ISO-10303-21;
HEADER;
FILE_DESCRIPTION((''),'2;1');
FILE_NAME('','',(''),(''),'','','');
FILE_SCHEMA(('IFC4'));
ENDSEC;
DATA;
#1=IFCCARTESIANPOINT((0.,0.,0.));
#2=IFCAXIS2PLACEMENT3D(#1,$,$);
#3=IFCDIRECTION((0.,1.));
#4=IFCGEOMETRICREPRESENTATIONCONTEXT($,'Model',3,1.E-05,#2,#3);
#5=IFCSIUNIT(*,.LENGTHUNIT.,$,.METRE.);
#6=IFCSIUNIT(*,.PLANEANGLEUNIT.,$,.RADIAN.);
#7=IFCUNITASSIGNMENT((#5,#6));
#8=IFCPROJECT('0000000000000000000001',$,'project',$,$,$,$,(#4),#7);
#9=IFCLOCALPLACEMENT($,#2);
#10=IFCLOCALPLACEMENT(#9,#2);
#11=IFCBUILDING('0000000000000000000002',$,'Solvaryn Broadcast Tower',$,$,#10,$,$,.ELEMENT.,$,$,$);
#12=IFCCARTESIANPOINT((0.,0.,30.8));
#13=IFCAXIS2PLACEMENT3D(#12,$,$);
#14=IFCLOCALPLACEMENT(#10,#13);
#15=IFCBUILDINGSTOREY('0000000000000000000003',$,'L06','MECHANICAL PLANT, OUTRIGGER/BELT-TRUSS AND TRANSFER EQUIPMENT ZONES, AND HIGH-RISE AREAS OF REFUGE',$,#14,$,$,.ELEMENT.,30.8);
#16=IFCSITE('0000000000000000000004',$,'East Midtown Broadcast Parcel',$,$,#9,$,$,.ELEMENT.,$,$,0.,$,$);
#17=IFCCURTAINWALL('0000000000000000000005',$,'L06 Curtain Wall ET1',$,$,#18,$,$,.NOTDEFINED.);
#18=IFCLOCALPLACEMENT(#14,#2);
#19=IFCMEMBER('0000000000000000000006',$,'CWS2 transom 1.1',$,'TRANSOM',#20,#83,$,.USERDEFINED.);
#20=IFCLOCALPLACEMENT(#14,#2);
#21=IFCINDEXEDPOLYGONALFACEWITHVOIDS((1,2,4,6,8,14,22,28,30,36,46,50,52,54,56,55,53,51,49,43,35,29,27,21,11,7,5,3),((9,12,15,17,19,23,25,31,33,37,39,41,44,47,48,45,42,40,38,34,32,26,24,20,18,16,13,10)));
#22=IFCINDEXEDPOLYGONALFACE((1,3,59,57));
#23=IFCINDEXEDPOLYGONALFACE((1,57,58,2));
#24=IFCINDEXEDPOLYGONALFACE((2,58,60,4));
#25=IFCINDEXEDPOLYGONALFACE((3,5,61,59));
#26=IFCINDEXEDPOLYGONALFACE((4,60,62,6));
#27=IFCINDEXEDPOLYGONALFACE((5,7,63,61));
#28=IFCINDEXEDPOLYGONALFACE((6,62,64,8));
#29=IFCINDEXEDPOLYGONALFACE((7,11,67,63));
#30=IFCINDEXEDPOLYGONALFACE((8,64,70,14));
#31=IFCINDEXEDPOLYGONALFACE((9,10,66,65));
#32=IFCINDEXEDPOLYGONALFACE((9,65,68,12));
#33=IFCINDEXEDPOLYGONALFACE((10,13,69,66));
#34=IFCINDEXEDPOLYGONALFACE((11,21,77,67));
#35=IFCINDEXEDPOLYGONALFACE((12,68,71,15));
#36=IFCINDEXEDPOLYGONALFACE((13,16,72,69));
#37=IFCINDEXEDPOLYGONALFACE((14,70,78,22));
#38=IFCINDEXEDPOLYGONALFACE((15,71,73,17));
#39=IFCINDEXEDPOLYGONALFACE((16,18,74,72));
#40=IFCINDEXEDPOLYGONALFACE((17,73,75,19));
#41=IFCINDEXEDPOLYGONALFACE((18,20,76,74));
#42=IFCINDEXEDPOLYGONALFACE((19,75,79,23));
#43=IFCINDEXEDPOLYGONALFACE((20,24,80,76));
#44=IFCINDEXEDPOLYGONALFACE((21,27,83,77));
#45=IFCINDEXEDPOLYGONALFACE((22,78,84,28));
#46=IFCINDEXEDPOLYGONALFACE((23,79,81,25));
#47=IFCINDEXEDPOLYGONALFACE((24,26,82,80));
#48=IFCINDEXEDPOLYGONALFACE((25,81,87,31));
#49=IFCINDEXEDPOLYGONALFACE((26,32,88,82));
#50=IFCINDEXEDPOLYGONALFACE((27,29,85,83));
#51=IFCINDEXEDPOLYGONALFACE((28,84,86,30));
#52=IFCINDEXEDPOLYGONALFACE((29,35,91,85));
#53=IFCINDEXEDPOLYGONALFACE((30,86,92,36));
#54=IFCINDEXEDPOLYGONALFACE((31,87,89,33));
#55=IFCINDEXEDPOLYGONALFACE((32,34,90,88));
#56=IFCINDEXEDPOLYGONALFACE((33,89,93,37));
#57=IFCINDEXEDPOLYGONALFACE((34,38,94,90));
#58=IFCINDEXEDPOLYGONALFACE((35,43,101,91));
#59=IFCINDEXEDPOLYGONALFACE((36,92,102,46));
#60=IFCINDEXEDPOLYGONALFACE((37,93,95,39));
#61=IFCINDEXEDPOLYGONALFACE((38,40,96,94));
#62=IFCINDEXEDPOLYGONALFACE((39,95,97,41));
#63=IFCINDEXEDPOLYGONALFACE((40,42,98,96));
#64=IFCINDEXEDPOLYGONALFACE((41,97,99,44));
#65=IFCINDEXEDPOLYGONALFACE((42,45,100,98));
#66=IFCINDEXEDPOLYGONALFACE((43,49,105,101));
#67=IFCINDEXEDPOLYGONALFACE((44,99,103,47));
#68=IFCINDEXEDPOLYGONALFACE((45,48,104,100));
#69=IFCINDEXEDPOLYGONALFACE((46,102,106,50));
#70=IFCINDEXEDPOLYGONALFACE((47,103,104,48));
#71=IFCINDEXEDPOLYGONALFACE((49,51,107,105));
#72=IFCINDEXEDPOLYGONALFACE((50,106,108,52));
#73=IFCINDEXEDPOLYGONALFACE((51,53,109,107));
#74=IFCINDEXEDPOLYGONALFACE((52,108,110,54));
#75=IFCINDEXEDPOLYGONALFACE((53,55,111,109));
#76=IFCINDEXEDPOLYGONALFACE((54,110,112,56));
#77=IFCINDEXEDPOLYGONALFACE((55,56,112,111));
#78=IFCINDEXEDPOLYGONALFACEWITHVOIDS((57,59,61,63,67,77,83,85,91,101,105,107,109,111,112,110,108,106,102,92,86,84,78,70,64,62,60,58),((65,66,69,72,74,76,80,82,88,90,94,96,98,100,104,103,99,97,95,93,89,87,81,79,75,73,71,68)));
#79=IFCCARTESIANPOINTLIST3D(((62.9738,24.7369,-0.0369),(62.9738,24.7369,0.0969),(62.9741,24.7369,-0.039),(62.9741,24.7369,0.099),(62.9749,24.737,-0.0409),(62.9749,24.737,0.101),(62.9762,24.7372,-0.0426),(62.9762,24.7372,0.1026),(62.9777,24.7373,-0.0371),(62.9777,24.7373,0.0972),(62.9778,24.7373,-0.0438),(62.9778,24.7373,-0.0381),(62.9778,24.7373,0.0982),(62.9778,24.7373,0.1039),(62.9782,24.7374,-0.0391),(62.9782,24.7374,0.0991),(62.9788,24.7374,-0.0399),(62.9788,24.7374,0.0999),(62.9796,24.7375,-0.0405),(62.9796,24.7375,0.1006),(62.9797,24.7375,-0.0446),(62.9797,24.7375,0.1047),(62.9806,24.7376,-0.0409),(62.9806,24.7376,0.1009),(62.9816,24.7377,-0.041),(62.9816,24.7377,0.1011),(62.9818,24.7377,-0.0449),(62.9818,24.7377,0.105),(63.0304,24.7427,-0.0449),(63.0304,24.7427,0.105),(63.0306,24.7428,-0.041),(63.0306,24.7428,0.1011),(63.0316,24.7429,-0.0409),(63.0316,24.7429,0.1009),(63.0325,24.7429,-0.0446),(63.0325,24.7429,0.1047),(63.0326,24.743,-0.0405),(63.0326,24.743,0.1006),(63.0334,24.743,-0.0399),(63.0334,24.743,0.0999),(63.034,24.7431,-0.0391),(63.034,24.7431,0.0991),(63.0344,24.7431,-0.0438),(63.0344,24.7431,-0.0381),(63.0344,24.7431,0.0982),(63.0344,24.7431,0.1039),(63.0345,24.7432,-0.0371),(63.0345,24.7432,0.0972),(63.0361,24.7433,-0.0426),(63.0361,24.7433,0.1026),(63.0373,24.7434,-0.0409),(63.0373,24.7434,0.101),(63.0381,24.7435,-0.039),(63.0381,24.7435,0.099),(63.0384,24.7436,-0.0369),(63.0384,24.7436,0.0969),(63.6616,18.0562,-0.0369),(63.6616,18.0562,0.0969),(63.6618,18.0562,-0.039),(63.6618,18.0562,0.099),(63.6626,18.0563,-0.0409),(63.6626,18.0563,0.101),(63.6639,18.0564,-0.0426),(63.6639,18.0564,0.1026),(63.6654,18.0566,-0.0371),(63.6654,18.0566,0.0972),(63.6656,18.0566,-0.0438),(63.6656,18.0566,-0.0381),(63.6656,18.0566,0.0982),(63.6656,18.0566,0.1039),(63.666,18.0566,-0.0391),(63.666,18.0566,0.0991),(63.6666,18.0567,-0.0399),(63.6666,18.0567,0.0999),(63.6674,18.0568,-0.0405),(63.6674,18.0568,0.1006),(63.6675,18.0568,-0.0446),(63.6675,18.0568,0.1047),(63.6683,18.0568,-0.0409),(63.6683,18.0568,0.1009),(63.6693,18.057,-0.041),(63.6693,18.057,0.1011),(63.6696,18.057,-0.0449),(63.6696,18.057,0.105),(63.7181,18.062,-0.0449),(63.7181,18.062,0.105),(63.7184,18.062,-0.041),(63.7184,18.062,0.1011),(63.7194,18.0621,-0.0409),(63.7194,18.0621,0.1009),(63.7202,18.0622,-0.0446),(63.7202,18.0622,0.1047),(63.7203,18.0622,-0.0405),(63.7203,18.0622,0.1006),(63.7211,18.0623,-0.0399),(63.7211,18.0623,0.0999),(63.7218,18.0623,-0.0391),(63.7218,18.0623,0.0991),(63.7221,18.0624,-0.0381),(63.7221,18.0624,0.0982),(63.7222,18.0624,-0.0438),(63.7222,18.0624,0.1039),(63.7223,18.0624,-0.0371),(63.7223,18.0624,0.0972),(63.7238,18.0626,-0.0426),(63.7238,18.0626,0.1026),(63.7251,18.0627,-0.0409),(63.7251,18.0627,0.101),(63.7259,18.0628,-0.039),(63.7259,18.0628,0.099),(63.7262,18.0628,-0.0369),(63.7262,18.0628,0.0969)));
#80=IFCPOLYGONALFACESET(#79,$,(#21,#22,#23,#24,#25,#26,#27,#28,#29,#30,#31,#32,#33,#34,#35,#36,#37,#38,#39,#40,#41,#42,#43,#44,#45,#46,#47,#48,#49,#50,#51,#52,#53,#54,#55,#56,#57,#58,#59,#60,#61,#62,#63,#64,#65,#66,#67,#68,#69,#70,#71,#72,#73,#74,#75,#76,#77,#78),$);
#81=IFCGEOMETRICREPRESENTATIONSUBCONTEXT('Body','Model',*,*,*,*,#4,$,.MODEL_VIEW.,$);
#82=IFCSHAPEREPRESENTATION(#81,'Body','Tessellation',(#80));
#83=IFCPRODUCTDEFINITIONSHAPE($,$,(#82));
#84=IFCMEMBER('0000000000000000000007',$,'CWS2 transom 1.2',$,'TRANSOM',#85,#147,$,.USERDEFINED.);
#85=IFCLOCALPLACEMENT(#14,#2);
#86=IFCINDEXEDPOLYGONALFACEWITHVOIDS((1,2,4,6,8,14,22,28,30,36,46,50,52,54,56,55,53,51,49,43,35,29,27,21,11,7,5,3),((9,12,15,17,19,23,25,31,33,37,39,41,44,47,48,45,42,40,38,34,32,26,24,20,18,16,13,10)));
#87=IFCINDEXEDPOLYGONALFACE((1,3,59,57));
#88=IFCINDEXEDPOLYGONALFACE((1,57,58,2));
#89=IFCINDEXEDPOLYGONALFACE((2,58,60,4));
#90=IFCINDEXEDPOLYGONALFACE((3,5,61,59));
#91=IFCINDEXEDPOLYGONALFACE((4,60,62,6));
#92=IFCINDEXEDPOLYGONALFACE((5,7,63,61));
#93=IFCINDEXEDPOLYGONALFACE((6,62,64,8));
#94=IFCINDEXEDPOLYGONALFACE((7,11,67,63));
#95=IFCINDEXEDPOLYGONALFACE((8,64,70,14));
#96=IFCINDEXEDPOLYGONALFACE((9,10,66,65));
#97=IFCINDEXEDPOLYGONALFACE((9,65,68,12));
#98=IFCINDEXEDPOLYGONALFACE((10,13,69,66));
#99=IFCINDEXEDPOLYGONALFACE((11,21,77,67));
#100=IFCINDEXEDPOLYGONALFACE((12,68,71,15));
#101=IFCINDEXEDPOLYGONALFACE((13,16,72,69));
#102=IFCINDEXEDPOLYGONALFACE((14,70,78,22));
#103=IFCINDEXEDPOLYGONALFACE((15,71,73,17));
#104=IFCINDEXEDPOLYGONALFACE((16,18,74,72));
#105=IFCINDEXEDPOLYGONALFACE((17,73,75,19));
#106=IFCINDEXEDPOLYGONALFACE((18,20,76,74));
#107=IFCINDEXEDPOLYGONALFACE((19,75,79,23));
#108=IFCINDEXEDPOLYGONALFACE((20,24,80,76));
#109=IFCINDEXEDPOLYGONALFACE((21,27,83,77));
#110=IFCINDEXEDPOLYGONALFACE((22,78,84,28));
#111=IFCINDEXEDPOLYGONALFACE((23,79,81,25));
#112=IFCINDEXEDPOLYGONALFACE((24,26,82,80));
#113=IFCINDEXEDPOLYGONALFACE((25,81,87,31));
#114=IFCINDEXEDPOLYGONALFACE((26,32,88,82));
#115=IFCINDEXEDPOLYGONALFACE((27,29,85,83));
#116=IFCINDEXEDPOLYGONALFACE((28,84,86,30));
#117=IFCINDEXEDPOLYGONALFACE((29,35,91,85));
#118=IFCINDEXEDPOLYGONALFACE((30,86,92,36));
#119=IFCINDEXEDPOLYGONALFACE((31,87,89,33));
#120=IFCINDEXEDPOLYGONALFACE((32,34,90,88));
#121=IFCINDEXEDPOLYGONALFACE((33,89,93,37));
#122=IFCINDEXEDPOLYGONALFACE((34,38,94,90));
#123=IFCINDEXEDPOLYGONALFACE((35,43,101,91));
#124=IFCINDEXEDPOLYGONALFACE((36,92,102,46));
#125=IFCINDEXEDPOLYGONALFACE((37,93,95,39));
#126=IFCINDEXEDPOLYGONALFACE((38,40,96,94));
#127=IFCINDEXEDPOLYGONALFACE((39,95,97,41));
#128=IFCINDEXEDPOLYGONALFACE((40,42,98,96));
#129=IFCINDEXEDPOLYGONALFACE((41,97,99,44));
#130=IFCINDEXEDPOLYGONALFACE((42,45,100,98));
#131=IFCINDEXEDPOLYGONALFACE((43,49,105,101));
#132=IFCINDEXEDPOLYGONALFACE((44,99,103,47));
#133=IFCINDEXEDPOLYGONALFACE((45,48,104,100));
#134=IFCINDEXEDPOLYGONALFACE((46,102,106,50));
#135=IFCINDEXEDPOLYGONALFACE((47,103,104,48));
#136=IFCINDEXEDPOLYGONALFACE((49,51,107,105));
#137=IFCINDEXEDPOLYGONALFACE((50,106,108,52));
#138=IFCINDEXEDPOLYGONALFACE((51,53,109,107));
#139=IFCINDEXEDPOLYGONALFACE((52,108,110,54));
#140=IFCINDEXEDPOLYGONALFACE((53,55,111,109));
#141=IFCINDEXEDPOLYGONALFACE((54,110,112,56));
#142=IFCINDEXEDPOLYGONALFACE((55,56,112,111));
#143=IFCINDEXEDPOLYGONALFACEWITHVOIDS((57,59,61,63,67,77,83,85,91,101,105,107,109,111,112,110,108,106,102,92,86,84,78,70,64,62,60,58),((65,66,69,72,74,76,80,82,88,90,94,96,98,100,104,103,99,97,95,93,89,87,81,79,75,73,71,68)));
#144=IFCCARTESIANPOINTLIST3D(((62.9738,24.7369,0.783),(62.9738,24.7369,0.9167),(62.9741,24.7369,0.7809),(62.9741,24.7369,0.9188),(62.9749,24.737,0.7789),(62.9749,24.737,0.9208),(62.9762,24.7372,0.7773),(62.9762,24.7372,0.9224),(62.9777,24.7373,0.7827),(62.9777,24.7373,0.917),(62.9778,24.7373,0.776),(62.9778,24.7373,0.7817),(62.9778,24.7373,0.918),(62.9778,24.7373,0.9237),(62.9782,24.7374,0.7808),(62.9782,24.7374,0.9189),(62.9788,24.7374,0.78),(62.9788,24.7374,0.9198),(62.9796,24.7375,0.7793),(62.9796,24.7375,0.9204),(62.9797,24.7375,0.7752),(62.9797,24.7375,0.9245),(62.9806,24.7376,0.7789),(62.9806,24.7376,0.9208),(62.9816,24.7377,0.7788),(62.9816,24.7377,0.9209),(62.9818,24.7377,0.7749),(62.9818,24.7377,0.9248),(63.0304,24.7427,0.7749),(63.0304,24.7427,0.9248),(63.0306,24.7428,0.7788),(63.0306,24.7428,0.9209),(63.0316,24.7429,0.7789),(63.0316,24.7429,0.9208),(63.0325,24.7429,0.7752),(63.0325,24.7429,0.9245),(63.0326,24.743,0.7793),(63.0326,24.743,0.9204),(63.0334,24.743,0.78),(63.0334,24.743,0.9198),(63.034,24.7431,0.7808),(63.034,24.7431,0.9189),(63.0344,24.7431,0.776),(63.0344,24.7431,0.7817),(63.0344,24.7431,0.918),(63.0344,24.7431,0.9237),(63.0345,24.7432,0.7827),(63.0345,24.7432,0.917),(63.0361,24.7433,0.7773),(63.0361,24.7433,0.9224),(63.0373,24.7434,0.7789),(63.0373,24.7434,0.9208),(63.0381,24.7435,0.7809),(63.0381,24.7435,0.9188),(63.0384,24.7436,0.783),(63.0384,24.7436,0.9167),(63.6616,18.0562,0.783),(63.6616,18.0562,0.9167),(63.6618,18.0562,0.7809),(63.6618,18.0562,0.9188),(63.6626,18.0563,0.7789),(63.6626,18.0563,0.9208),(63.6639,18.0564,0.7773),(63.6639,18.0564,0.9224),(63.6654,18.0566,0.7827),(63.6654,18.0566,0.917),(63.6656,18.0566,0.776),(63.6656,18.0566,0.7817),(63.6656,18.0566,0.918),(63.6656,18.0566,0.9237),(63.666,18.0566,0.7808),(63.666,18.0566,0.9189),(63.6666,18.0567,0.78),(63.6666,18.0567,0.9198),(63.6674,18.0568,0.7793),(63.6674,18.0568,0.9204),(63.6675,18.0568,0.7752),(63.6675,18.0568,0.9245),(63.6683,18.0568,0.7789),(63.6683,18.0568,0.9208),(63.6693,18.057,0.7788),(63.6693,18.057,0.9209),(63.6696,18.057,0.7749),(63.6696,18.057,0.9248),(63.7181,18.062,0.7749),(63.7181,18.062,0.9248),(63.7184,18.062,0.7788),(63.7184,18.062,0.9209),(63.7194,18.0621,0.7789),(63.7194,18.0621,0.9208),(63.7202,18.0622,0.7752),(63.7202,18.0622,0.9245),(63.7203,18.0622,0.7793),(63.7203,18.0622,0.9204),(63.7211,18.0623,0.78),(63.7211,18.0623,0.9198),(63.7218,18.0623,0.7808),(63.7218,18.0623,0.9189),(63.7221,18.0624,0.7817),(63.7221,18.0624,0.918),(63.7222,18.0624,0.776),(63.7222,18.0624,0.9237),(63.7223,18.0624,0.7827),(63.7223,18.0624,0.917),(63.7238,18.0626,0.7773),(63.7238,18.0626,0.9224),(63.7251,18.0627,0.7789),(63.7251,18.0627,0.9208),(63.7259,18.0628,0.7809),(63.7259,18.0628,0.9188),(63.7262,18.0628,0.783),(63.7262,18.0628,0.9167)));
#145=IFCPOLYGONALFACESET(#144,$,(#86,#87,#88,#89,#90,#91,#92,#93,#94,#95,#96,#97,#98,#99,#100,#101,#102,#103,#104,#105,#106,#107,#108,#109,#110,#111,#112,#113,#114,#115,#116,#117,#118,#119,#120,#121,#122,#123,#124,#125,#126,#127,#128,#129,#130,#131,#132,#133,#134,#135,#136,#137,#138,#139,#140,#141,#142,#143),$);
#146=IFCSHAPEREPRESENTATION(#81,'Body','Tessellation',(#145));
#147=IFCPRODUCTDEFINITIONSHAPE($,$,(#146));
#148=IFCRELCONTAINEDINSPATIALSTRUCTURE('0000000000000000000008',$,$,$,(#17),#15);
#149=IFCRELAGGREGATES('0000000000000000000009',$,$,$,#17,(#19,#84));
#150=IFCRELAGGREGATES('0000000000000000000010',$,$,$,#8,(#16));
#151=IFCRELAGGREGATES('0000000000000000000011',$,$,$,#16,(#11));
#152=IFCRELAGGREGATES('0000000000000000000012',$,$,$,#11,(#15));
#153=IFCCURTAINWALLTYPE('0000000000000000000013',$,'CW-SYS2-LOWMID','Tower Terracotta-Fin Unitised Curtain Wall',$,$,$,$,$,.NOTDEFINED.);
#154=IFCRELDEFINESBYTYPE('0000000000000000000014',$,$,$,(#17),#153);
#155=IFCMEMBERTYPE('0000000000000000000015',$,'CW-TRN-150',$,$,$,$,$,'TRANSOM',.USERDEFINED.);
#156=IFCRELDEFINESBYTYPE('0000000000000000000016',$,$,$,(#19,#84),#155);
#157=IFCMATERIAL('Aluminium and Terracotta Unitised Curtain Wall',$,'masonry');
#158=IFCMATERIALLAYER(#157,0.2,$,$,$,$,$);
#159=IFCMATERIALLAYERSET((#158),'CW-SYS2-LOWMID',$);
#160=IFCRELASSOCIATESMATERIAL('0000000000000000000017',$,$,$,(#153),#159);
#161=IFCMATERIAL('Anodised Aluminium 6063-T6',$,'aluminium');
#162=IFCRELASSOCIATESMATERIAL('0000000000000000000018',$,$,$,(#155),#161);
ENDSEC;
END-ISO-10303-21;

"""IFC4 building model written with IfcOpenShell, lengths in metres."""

from ifc_helpers import new_model, si_unit, direction, frame, origin, origin_2d, place, context, subcontext, project, spatial, hollow_rectangle, extrude, material, layer, layer_set, material_profile, profile_set, type_object, element, aggregate, save


model = new_model("IFC4")

# Units and contexts
model_context = context("Model", 3, precision=1e-05, world=origin(), true_north=direction((0.0, 1.0)))
body_context = subcontext(model_context, "Body", "Model", "MODEL_VIEW")
ifc_project = project(units=[si_unit("LENGTHUNIT", "METRE"), si_unit("PLANEANGLEUNIT", "RADIAN")], contexts=[model_context])

# Site, building, storey
site_placement = place(None, origin())
site = spatial("IfcSite", under=ifc_project, at=site_placement, Name="East Midtown Broadcast Parcel", CompositionType="ELEMENT", RefElevation=0.0)
building_placement = place(site_placement, origin())
building = spatial("IfcBuilding", under=site, at=building_placement, Name="Solvaryn Broadcast Tower", CompositionType="ELEMENT")
storey_placement = place(building_placement, frame((0.0, 0.0, 30.8)))
storey = spatial("IfcBuildingStorey", under=building, at=storey_placement, Name="L06", Description="MECHANICAL PLANT, OUTRIGGER/BELT-TRUSS AND TRANSFER EQUIPMENT ZONES, AND HIGH-RISE AREAS OF REFUGE", CompositionType="ELEMENT", Elevation=30.8)

# Curtain wall, members
ifc_material_1 = material(Name="Aluminium and Terracotta Unitised Curtain Wall", Category="masonry")
ifc_layer_1 = layer(ifc_material_1, 0.2)
ifc_layer_set_1 = layer_set([ifc_layer_1], Name="CW-SYS2-LOWMID")
curtain_wall_type = type_object("IfcCurtainWallType", Name="CW-SYS2-LOWMID", Description="Tower Terracotta-Fin Unitised Curtain Wall", PredefinedType="NOTDEFINED", material=ifc_layer_set_1)
curtain_wall_placement = place(storey_placement, origin())
curtain_wall = element("IfcCurtainWall", 1, at=curtain_wall_placement, inside=storey, type_object=curtain_wall_type, Name="L06 Curtain Wall ET1", PredefinedType="NOTDEFINED")
ifc_material_2 = material(Name="Anodised Aluminium 6063-T6", Category="aluminium")
ifc_material_profile_1 = material_profile(ifc_material_2, hollow_rectangle(XDim=0.0649, YDim=0.1499, WallThickness=0.0039, InnerFilletRadius=0.0039, OuterFilletRadius=0.0081, at=origin_2d()))
ifc_profile_set_1 = profile_set([ifc_material_profile_1], Name="Anodised Aluminium 6063-T6")
member_type_1 = type_object("IfcMemberType", Name="CW-TRN-150", ElementType="TRANSOM", PredefinedType="USERDEFINED", material=ifc_profile_set_1)
member_1_placement = place(storey_placement, frame((63.0061, 24.7402, 0.03), z_axis=(0.102404, -0.994743, 0.0), x_axis=(0.994743, 0.102404, 0.0)))
member_1 = element("IfcMember", 2, at=member_1_placement, type_object=member_type_1, Name="CWS2 transom 1.1", ObjectType="TRANSOM", PredefinedType="USERDEFINED", context=body_context, shape_type="SweptSolid", body=[
    extrude(hollow_rectangle(XDim=0.0649, YDim=0.1499, WallThickness=0.0039, InnerFilletRadius=0.0039, OuterFilletRadius=0.0081, at=origin_2d()), origin(), (0.0, 0.0, 1.0), 6.7161),
])
member_2_placement = place(storey_placement, frame((63.0061, 24.7402, 0.8499), z_axis=(0.102404, -0.994743, 0.0), x_axis=(0.994743, 0.102404, 0.0)))
member_2 = element("IfcMember", 3, at=member_2_placement, type_object=member_type_1, Name="CWS2 transom 1.2", ObjectType="TRANSOM", PredefinedType="USERDEFINED", context=body_context, shape_type="SweptSolid", body=[
    extrude(hollow_rectangle(XDim=0.0649, YDim=0.1499, WallThickness=0.0039, InnerFilletRadius=0.0039, OuterFilletRadius=0.0081, at=origin_2d()), origin(), (0.0, 0.0, 1.0), 6.7161),
])
aggregate(curtain_wall, [member_1, member_2])

save(model, "model.ifc")
